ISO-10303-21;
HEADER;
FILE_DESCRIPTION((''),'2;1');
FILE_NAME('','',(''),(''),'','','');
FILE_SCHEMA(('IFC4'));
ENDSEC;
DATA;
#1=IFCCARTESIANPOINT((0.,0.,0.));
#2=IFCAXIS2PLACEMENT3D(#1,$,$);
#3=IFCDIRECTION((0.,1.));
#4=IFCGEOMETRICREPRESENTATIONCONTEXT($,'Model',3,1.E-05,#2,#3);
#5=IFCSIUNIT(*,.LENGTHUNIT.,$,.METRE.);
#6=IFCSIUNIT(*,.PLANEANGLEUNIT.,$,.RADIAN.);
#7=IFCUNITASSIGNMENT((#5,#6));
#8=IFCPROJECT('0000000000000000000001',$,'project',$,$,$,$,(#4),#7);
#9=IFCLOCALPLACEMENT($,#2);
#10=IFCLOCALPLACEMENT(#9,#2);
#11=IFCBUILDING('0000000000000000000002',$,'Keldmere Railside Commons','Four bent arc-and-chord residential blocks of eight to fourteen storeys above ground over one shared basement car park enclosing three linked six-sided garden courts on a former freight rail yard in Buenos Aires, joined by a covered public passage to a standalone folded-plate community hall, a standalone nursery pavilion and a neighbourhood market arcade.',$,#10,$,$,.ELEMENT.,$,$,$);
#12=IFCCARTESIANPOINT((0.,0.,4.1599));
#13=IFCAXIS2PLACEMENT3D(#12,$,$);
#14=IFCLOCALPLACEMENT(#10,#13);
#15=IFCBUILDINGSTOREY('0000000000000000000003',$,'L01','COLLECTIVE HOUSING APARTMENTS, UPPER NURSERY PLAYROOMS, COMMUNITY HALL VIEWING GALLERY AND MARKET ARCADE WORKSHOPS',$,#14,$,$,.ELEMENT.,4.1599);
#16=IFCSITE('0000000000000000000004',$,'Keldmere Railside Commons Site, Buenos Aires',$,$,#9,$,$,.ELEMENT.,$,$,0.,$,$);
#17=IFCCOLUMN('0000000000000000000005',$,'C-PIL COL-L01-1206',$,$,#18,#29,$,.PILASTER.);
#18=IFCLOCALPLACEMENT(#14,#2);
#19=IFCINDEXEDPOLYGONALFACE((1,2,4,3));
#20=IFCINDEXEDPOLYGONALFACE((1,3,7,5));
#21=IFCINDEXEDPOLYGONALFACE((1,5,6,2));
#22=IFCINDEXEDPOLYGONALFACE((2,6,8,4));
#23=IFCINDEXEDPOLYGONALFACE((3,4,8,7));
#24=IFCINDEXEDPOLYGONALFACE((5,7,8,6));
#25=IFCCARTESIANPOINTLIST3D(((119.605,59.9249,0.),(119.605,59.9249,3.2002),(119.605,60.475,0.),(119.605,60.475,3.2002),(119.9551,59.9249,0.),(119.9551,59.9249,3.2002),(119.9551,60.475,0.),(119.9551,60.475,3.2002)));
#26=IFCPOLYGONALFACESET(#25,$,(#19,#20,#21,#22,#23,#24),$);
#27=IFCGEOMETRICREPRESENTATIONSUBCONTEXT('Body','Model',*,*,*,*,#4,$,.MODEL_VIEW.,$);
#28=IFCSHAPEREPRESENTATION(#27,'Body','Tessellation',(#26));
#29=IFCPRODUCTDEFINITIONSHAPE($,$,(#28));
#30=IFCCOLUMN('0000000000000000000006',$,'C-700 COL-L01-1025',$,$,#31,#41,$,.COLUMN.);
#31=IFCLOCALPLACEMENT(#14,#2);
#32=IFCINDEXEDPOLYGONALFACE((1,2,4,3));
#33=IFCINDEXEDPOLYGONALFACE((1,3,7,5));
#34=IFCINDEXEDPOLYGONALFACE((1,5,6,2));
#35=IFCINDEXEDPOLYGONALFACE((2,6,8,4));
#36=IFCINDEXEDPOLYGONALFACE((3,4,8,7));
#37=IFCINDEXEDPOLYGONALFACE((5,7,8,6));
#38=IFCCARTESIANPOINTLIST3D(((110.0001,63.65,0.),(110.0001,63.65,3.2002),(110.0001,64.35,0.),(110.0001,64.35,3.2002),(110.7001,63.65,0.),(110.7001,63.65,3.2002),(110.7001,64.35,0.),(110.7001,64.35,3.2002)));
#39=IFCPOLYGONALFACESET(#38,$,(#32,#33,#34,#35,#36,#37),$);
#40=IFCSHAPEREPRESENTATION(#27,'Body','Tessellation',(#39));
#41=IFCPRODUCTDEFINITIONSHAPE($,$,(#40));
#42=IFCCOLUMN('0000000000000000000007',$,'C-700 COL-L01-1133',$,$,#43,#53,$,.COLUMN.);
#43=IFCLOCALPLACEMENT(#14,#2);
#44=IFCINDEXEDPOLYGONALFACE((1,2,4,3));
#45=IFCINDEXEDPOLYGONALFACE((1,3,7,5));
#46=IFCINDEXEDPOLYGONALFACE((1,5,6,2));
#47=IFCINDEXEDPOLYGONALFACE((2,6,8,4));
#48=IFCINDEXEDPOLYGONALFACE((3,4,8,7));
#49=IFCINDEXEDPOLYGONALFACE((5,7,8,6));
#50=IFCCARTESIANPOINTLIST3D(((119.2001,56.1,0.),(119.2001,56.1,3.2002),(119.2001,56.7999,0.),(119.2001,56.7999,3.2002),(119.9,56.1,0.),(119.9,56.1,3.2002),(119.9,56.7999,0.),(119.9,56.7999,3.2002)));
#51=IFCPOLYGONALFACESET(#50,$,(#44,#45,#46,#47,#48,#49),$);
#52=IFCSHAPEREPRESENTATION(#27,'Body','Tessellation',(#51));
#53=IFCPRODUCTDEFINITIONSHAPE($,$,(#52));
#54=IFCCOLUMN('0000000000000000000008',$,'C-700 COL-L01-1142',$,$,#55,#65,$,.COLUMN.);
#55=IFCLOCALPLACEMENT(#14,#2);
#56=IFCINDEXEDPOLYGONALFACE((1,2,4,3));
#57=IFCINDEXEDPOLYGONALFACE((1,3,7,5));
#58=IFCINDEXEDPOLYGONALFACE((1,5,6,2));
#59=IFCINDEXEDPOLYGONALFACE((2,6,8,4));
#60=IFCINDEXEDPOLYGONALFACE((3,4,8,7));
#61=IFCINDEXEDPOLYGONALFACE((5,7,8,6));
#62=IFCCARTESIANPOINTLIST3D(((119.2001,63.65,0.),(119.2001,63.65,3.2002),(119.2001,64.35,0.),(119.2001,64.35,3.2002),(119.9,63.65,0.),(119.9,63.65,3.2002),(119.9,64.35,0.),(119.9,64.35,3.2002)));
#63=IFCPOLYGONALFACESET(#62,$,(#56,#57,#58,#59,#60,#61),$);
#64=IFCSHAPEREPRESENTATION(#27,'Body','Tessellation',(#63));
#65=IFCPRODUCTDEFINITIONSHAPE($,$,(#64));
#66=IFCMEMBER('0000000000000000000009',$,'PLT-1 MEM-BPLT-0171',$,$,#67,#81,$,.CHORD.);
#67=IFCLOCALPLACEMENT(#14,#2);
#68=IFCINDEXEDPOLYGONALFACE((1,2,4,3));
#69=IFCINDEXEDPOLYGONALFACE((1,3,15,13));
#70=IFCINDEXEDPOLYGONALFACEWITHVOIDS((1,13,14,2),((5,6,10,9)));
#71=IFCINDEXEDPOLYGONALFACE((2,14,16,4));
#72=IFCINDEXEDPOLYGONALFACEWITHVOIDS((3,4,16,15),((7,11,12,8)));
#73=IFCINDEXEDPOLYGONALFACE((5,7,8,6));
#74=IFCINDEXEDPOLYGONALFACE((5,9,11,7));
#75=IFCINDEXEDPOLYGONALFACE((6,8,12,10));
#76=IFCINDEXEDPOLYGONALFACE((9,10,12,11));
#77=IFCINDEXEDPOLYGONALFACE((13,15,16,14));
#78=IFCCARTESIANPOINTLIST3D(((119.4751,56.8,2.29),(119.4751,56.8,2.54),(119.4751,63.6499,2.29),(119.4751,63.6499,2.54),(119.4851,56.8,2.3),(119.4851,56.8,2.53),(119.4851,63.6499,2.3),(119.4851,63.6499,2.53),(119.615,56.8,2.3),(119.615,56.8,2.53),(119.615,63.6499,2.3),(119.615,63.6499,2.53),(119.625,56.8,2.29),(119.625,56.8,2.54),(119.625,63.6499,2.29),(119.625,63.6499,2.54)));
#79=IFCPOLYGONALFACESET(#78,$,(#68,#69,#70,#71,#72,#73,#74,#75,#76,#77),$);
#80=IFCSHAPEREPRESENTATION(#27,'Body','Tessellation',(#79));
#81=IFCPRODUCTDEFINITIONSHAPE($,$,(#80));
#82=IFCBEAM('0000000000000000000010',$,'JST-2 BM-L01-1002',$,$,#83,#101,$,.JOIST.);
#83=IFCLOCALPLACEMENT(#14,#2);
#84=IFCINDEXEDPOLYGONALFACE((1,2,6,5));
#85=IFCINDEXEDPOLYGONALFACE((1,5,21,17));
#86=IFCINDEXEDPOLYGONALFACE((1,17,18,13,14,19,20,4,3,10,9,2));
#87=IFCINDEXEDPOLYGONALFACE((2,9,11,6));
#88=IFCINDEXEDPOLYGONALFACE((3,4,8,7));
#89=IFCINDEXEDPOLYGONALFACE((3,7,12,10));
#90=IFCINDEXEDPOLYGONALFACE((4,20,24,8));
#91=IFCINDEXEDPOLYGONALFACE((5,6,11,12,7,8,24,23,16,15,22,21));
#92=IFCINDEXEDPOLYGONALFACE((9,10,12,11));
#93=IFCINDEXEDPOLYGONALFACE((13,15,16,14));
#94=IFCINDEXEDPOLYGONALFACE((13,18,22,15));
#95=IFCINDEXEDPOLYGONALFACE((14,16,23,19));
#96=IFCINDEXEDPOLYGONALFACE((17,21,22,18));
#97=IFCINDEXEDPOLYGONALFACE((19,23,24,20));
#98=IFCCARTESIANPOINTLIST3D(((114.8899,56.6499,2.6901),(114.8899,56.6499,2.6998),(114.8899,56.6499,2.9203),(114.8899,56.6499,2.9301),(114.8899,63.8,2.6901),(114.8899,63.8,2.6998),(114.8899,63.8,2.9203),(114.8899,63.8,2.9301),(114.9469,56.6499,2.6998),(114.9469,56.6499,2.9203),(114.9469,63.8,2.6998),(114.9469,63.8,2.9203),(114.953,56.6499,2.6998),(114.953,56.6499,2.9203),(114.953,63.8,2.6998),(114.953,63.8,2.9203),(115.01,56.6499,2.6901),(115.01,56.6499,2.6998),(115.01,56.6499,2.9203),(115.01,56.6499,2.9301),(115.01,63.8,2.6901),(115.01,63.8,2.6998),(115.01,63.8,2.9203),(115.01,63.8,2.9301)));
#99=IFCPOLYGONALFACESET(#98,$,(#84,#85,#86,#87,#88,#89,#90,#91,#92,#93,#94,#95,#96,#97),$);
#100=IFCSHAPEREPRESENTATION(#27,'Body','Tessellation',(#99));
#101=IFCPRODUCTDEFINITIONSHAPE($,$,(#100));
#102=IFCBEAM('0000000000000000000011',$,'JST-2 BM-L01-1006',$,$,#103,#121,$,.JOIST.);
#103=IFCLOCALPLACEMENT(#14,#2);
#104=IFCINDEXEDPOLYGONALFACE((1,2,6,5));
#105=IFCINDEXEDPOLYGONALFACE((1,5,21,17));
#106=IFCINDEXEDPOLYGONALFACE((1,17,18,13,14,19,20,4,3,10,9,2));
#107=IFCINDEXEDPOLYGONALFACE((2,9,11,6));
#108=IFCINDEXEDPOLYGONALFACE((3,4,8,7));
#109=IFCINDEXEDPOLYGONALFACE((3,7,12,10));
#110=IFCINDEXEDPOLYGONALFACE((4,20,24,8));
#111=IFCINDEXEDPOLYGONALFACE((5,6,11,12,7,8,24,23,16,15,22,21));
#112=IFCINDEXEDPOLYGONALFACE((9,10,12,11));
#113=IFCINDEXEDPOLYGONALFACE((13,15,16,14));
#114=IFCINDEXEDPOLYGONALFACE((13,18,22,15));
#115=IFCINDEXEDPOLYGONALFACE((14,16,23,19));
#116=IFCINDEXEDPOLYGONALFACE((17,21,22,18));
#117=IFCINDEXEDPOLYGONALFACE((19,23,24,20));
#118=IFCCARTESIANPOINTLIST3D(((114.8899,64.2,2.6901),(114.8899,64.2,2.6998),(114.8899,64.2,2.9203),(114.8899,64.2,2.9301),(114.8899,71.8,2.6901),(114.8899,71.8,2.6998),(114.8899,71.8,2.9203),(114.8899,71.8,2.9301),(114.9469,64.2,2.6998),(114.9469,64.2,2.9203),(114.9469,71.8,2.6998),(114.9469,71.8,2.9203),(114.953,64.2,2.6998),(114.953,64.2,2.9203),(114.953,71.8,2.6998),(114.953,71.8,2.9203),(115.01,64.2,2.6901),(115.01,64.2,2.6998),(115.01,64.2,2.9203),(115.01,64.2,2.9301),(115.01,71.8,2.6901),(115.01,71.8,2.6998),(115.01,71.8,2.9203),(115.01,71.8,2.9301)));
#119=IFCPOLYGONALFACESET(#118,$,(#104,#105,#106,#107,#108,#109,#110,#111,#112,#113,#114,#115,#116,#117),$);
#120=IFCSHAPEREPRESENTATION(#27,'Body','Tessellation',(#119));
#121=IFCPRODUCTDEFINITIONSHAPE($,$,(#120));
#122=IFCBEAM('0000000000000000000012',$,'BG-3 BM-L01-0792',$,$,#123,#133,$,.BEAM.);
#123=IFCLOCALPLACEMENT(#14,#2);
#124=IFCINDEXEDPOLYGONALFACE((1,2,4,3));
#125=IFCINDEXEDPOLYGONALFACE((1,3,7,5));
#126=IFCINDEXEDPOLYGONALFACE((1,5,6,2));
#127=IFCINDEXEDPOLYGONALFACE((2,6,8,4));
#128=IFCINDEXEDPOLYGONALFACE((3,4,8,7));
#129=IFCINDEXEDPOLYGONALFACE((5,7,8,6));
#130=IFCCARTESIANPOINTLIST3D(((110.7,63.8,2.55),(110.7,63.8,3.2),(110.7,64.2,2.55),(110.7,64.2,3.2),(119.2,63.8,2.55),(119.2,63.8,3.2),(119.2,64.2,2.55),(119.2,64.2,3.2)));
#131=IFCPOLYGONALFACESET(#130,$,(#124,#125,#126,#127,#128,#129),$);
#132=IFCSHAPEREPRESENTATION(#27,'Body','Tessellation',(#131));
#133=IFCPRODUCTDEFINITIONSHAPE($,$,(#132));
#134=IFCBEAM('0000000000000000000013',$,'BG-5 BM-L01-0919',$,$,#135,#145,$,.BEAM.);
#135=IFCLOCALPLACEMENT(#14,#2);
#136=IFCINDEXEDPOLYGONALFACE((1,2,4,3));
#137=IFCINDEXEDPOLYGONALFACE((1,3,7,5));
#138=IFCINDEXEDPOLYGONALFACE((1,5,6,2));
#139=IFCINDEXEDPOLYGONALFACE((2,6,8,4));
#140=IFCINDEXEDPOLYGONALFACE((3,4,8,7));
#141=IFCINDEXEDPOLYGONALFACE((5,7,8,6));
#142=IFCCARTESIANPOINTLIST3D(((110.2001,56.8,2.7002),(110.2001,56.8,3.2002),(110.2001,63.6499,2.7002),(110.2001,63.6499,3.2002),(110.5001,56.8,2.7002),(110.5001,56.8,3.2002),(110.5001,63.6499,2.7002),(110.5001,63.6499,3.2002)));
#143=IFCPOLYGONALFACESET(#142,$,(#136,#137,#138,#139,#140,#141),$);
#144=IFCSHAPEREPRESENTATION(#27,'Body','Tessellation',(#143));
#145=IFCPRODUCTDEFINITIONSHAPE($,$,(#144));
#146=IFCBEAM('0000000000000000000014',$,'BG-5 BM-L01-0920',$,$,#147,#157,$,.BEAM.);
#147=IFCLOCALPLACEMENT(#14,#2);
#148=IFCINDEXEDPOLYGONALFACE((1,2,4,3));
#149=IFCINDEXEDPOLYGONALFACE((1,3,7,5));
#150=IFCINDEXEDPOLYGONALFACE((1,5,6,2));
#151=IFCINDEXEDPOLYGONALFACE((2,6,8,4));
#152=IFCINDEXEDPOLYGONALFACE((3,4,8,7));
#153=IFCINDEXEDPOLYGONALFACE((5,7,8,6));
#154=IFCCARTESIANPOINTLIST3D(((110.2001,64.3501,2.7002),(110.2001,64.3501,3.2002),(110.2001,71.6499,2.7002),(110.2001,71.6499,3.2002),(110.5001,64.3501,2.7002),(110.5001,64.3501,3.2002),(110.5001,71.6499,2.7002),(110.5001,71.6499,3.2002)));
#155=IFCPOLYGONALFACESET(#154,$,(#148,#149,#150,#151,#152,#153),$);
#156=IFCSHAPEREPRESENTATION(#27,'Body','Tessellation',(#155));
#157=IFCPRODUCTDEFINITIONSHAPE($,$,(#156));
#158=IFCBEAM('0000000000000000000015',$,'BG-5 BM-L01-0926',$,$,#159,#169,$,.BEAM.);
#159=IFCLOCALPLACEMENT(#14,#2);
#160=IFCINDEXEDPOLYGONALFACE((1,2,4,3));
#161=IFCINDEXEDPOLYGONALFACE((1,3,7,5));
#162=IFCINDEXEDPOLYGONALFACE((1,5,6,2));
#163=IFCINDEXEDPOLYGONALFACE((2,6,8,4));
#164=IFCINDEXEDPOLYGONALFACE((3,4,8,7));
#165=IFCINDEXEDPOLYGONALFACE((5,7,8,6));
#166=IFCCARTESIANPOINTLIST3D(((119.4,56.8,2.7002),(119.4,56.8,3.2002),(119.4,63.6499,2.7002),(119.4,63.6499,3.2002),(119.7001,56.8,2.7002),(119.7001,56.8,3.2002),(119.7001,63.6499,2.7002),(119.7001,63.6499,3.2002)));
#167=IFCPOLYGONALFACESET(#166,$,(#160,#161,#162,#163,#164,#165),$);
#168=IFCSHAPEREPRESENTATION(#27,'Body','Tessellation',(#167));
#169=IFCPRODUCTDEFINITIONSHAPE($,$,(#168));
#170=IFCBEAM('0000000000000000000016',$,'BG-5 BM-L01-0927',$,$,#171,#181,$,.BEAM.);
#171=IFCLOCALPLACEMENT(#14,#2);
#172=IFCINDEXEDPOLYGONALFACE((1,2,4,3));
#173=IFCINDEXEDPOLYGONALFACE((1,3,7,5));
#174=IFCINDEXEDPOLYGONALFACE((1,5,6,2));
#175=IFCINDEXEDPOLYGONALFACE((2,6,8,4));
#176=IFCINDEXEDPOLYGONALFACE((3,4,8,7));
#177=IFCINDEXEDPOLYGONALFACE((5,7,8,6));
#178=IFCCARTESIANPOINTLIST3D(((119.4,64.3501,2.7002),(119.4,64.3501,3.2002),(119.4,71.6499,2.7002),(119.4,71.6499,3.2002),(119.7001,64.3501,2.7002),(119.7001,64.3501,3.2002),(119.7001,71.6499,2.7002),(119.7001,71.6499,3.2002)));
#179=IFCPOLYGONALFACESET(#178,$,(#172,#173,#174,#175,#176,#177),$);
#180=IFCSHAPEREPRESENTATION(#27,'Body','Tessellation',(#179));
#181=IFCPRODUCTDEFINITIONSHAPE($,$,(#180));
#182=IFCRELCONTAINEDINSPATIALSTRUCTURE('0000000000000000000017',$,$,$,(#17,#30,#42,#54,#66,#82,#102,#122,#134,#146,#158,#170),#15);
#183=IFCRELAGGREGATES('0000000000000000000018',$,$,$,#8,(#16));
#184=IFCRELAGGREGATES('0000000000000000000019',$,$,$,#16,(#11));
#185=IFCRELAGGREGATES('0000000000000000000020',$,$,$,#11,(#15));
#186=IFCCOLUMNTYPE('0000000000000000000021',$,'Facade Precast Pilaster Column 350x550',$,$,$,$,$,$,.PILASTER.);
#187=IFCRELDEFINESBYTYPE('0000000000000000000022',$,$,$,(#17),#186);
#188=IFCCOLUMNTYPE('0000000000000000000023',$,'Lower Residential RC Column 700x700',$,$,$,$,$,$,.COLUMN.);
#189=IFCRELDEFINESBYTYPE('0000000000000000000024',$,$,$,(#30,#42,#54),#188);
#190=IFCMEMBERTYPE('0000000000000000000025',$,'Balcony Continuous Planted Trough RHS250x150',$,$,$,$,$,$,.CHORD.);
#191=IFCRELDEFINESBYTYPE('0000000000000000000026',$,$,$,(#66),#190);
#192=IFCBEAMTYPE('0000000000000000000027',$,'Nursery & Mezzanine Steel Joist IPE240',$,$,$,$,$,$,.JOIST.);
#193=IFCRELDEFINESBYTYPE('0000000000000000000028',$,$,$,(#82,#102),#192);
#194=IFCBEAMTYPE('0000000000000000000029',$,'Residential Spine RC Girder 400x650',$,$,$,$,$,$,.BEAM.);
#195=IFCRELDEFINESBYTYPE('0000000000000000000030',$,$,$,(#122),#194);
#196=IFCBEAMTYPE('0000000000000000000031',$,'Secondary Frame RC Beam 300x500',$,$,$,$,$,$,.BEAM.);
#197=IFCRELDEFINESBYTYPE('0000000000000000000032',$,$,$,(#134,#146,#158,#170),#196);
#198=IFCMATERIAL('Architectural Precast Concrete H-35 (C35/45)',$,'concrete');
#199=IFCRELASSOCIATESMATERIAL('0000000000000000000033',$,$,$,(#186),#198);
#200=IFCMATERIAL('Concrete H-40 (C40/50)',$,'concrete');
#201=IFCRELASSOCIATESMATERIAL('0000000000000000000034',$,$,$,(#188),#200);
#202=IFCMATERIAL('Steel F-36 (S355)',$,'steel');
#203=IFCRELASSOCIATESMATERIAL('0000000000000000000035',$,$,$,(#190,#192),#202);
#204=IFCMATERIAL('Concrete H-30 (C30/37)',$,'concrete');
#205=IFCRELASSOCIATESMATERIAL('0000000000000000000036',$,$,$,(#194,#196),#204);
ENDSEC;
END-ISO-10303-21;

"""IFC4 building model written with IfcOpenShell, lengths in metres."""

from ifc_helpers import new_model, si_unit, direction, frame, origin, origin_2d, place, context, subcontext, project, spatial, rectangle, hollow_rectangle, i_section, extrude, material, material_profile, profile_set, type_object, element, save


model = new_model("IFC4")

# Units and contexts
model_context = context("Model", 3, precision=1e-05, world=origin(), true_north=direction((0.0, 1.0)))
body_context = subcontext(model_context, "Body", "Model", "MODEL_VIEW")
ifc_project = project(units=[si_unit("LENGTHUNIT", "METRE"), si_unit("PLANEANGLEUNIT", "RADIAN")], contexts=[model_context])

# Site, building, storey
site_placement = place(None, origin())
site = spatial("IfcSite", under=ifc_project, at=site_placement, Name="Keldmere Railside Commons Site, Buenos Aires", CompositionType="ELEMENT", RefElevation=0.0)
building_placement = place(site_placement, origin())
building = spatial("IfcBuilding", under=site, at=building_placement, Name="Keldmere Railside Commons", Description="Four bent arc-and-chord residential blocks of eight to fourteen storeys above ground over one shared basement car park enclosing three linked six-sided garden courts on a former freight rail yard in Buenos Aires, joined by a covered public passage to a standalone folded-plate community hall, a standalone nursery pavilion and a neighbourhood market arcade.", CompositionType="ELEMENT")
storey_placement = place(building_placement, frame((0.0, 0.0, 4.1599)))
storey = spatial("IfcBuildingStorey", under=building, at=storey_placement, Name="L01", Description="COLLECTIVE HOUSING APARTMENTS, UPPER NURSERY PLAYROOMS, COMMUNITY HALL VIEWING GALLERY AND MARKET ARCADE WORKSHOPS", CompositionType="ELEMENT", Elevation=4.1599)

# Columns
ifc_material_1 = material(Name="Architectural Precast Concrete H-35 (C35/45)", Category="concrete")
ifc_material_profile_1 = material_profile(ifc_material_1, rectangle(XDim=0.3501, YDim=0.55, at=origin_2d()), Name="RC-350x550")
ifc_profile_set_1 = profile_set([ifc_material_profile_1], Name="Architectural Precast Concrete H-35 (C35/45)")
column_type_1 = type_object("IfcColumnType", Name="Facade Precast Pilaster Column 350x550", PredefinedType="PILASTER", material=ifc_profile_set_1)
column_placement = place(storey_placement, frame((119.78, 60.2, 0.0), z_axis=(0.0, 0.0, 1.0), x_axis=(1.0, 0.0, 0.0)))
element("IfcColumn", 1, at=column_placement, inside=storey, type_object=column_type_1, Name="C-PIL COL-L01-1206", PredefinedType="PILASTER", context=body_context, shape_type="SweptSolid", body=[
    extrude(rectangle(XDim=0.3501, YDim=0.55, at=origin_2d()), origin(), (0.0, 0.0, 1.0), 3.2002),
])
ifc_material_2 = material(Name="Concrete H-40 (C40/50)", Category="concrete")
ifc_material_profile_2 = material_profile(ifc_material_2, rectangle(XDim=0.7, YDim=0.7, at=origin_2d()), Name="RC-700x700")
ifc_profile_set_2 = profile_set([ifc_material_profile_2], Name="Concrete H-40 (C40/50)")
column_type_2 = type_object("IfcColumnType", Name="Lower Residential RC Column 700x700", PredefinedType="COLUMN", material=ifc_profile_set_2)
for number, where, z_axis, x_axis, name in (
    (2, (110.3501, 64.0, 0.0), (0.0, 0.0, 1.0), (1.0, 0.0, 0.0), "C-700 COL-L01-1025"),
    (3, (119.55, 56.45, 0.0), (0.0, 0.0, 1.0), (1.0, 0.0, 0.0), "C-700 COL-L01-1133"),
    (4, (119.55, 64.0, 0.0), (0.0, 0.0, 1.0), (1.0, 0.0, 0.0), "C-700 COL-L01-1142"),
):
    element("IfcColumn", number, at=place(storey_placement, frame(where, z_axis=z_axis, x_axis=x_axis)), inside=storey, type_object=column_type_2, Name=name, PredefinedType="COLUMN", context=body_context, shape_type="SweptSolid", body=[
        extrude(rectangle(XDim=0.7, YDim=0.7, at=origin_2d()), origin(), (0.0, 0.0, 1.0), 3.2002),
    ])

# Member
ifc_material_3 = material(Name="Steel F-36 (S355)", Category="steel")
ifc_material_profile_3 = material_profile(ifc_material_3, hollow_rectangle(XDim=0.1499, YDim=0.25, WallThickness=0.01, at=origin_2d()), Name="RHS-250x150x10")
ifc_profile_set_3 = profile_set([ifc_material_profile_3], Name="Steel F-36 (S355)")
member_type_1 = type_object("IfcMemberType", Name="Balcony Continuous Planted Trough RHS250x150", PredefinedType="CHORD", material=ifc_profile_set_3)
member_1_placement = place(storey_placement, frame((119.55, 56.8, 2.415), z_axis=(0.0, 1.0, 0.0), x_axis=(-1.0, 0.0, 0.0)))
element("IfcMember", 5, at=member_1_placement, inside=storey, type_object=member_type_1, Name="PLT-1 MEM-BPLT-0171", PredefinedType="CHORD", context=body_context, shape_type="SweptSolid", body=[
    extrude(hollow_rectangle(XDim=0.1499, YDim=0.25, WallThickness=0.01, at=origin_2d()), origin(), (0.0, 0.0, 1.0), 6.8499),
])

# Beams
ifc_material_profile_4 = material_profile(ifc_material_3, i_section(OverallWidth=0.1201, OverallDepth=0.24, WebThickness=0.0061, FlangeThickness=0.0098, at=origin_2d()), Name="IPE-240")
ifc_profile_set_4 = profile_set([ifc_material_profile_4], Name="Steel F-36 (S355)")
beam_type_1 = type_object("IfcBeamType", Name="Nursery & Mezzanine Steel Joist IPE240", PredefinedType="JOIST", material=ifc_profile_set_4)
beam_1_placement = place(storey_placement, frame((114.95, 56.6499, 2.8101), z_axis=(0.0, 1.0, 0.0), x_axis=(-1.0, 0.0, 0.0)))
element("IfcBeam", 6, at=beam_1_placement, inside=storey, type_object=beam_type_1, Name="JST-2 BM-L01-1002", PredefinedType="JOIST", context=body_context, shape_type="SweptSolid", body=[
    extrude(i_section(OverallWidth=0.1201, OverallDepth=0.24, WebThickness=0.0061, FlangeThickness=0.0098, at=origin_2d()), origin(), (0.0, 0.0, 1.0), 7.1501),
])
beam_2_placement = place(storey_placement, frame((114.95, 64.2, 2.8101), z_axis=(0.0, 1.0, 0.0), x_axis=(-1.0, 0.0, 0.0)))
element("IfcBeam", 7, at=beam_2_placement, inside=storey, type_object=beam_type_1, Name="JST-2 BM-L01-1006", PredefinedType="JOIST", context=body_context, shape_type="SweptSolid", body=[
    extrude(i_section(OverallWidth=0.1201, OverallDepth=0.24, WebThickness=0.0061, FlangeThickness=0.0098, at=origin_2d()), origin(), (0.0, 0.0, 1.0), 7.6001),
])
ifc_material_4 = material(Name="Concrete H-30 (C30/37)", Category="concrete")
ifc_material_profile_5 = material_profile(ifc_material_4, rectangle(XDim=0.3999, YDim=0.6499, at=origin_2d()), Name="RC-400x650")
ifc_profile_set_5 = profile_set([ifc_material_profile_5], Name="Concrete H-30 (C30/37)")
beam_type_2 = type_object("IfcBeamType", Name="Residential Spine RC Girder 400x650", PredefinedType="BEAM", material=ifc_profile_set_5)
beam_3_placement = place(storey_placement, frame((110.7, 64.0, 2.875), z_axis=(1.0, 0.0, 0.0), x_axis=(0.0, 1.0, 0.0)))
element("IfcBeam", 8, at=beam_3_placement, inside=storey, type_object=beam_type_2, Name="BG-3 BM-L01-0792", PredefinedType="BEAM", context=body_context, shape_type="SweptSolid", body=[
    extrude(rectangle(XDim=0.3999, YDim=0.6499, at=origin_2d()), origin(), (0.0, 0.0, 1.0), 8.5),
])
ifc_material_profile_6 = material_profile(ifc_material_4, rectangle(XDim=0.3, YDim=0.5, at=origin_2d()), Name="RC-300x500")
ifc_profile_set_6 = profile_set([ifc_material_profile_6], Name="Concrete H-30 (C30/37)")
beam_type_3 = type_object("IfcBeamType", Name="Secondary Frame RC Beam 300x500", PredefinedType="BEAM", material=ifc_profile_set_6)
beam_4_placement = place(storey_placement, frame((110.3501, 56.8, 2.9502), z_axis=(0.0, 1.0, 0.0), x_axis=(-1.0, 0.0, 0.0)))
element("IfcBeam", 9, at=beam_4_placement, inside=storey, type_object=beam_type_3, Name="BG-5 BM-L01-0919", PredefinedType="BEAM", context=body_context, shape_type="SweptSolid", body=[
    extrude(rectangle(XDim=0.3, YDim=0.5, at=origin_2d()), origin(), (0.0, 0.0, 1.0), 6.8499),
])
beam_5_placement = place(storey_placement, frame((110.3501, 64.3501, 2.9502), z_axis=(0.0, 1.0, 0.0), x_axis=(-1.0, 0.0, 0.0)))
element("IfcBeam", 10, at=beam_5_placement, inside=storey, type_object=beam_type_3, Name="BG-5 BM-L01-0920", PredefinedType="BEAM", context=body_context, shape_type="SweptSolid", body=[
    extrude(rectangle(XDim=0.3, YDim=0.5, at=origin_2d()), origin(), (0.0, 0.0, 1.0), 7.2998),
])
beam_6_placement = place(storey_placement, frame((119.55, 56.8, 2.9502), z_axis=(0.0, 1.0, 0.0), x_axis=(-1.0, 0.0, 0.0)))
element("IfcBeam", 11, at=beam_6_placement, inside=storey, type_object=beam_type_3, Name="BG-5 BM-L01-0926", PredefinedType="BEAM", context=body_context, shape_type="SweptSolid", body=[
    extrude(rectangle(XDim=0.3, YDim=0.5, at=origin_2d()), origin(), (0.0, 0.0, 1.0), 6.8499),
])
beam_7_placement = place(storey_placement, frame((119.55, 64.3501, 2.9502), z_axis=(0.0, 1.0, 0.0), x_axis=(-1.0, 0.0, 0.0)))
element("IfcBeam", 12, at=beam_7_placement, inside=storey, type_object=beam_type_3, Name="BG-5 BM-L01-0927", PredefinedType="BEAM", context=body_context, shape_type="SweptSolid", body=[
    extrude(rectangle(XDim=0.3, YDim=0.5, at=origin_2d()), origin(), (0.0, 0.0, 1.0), 7.2998),
])

save(model, "model.ifc")
